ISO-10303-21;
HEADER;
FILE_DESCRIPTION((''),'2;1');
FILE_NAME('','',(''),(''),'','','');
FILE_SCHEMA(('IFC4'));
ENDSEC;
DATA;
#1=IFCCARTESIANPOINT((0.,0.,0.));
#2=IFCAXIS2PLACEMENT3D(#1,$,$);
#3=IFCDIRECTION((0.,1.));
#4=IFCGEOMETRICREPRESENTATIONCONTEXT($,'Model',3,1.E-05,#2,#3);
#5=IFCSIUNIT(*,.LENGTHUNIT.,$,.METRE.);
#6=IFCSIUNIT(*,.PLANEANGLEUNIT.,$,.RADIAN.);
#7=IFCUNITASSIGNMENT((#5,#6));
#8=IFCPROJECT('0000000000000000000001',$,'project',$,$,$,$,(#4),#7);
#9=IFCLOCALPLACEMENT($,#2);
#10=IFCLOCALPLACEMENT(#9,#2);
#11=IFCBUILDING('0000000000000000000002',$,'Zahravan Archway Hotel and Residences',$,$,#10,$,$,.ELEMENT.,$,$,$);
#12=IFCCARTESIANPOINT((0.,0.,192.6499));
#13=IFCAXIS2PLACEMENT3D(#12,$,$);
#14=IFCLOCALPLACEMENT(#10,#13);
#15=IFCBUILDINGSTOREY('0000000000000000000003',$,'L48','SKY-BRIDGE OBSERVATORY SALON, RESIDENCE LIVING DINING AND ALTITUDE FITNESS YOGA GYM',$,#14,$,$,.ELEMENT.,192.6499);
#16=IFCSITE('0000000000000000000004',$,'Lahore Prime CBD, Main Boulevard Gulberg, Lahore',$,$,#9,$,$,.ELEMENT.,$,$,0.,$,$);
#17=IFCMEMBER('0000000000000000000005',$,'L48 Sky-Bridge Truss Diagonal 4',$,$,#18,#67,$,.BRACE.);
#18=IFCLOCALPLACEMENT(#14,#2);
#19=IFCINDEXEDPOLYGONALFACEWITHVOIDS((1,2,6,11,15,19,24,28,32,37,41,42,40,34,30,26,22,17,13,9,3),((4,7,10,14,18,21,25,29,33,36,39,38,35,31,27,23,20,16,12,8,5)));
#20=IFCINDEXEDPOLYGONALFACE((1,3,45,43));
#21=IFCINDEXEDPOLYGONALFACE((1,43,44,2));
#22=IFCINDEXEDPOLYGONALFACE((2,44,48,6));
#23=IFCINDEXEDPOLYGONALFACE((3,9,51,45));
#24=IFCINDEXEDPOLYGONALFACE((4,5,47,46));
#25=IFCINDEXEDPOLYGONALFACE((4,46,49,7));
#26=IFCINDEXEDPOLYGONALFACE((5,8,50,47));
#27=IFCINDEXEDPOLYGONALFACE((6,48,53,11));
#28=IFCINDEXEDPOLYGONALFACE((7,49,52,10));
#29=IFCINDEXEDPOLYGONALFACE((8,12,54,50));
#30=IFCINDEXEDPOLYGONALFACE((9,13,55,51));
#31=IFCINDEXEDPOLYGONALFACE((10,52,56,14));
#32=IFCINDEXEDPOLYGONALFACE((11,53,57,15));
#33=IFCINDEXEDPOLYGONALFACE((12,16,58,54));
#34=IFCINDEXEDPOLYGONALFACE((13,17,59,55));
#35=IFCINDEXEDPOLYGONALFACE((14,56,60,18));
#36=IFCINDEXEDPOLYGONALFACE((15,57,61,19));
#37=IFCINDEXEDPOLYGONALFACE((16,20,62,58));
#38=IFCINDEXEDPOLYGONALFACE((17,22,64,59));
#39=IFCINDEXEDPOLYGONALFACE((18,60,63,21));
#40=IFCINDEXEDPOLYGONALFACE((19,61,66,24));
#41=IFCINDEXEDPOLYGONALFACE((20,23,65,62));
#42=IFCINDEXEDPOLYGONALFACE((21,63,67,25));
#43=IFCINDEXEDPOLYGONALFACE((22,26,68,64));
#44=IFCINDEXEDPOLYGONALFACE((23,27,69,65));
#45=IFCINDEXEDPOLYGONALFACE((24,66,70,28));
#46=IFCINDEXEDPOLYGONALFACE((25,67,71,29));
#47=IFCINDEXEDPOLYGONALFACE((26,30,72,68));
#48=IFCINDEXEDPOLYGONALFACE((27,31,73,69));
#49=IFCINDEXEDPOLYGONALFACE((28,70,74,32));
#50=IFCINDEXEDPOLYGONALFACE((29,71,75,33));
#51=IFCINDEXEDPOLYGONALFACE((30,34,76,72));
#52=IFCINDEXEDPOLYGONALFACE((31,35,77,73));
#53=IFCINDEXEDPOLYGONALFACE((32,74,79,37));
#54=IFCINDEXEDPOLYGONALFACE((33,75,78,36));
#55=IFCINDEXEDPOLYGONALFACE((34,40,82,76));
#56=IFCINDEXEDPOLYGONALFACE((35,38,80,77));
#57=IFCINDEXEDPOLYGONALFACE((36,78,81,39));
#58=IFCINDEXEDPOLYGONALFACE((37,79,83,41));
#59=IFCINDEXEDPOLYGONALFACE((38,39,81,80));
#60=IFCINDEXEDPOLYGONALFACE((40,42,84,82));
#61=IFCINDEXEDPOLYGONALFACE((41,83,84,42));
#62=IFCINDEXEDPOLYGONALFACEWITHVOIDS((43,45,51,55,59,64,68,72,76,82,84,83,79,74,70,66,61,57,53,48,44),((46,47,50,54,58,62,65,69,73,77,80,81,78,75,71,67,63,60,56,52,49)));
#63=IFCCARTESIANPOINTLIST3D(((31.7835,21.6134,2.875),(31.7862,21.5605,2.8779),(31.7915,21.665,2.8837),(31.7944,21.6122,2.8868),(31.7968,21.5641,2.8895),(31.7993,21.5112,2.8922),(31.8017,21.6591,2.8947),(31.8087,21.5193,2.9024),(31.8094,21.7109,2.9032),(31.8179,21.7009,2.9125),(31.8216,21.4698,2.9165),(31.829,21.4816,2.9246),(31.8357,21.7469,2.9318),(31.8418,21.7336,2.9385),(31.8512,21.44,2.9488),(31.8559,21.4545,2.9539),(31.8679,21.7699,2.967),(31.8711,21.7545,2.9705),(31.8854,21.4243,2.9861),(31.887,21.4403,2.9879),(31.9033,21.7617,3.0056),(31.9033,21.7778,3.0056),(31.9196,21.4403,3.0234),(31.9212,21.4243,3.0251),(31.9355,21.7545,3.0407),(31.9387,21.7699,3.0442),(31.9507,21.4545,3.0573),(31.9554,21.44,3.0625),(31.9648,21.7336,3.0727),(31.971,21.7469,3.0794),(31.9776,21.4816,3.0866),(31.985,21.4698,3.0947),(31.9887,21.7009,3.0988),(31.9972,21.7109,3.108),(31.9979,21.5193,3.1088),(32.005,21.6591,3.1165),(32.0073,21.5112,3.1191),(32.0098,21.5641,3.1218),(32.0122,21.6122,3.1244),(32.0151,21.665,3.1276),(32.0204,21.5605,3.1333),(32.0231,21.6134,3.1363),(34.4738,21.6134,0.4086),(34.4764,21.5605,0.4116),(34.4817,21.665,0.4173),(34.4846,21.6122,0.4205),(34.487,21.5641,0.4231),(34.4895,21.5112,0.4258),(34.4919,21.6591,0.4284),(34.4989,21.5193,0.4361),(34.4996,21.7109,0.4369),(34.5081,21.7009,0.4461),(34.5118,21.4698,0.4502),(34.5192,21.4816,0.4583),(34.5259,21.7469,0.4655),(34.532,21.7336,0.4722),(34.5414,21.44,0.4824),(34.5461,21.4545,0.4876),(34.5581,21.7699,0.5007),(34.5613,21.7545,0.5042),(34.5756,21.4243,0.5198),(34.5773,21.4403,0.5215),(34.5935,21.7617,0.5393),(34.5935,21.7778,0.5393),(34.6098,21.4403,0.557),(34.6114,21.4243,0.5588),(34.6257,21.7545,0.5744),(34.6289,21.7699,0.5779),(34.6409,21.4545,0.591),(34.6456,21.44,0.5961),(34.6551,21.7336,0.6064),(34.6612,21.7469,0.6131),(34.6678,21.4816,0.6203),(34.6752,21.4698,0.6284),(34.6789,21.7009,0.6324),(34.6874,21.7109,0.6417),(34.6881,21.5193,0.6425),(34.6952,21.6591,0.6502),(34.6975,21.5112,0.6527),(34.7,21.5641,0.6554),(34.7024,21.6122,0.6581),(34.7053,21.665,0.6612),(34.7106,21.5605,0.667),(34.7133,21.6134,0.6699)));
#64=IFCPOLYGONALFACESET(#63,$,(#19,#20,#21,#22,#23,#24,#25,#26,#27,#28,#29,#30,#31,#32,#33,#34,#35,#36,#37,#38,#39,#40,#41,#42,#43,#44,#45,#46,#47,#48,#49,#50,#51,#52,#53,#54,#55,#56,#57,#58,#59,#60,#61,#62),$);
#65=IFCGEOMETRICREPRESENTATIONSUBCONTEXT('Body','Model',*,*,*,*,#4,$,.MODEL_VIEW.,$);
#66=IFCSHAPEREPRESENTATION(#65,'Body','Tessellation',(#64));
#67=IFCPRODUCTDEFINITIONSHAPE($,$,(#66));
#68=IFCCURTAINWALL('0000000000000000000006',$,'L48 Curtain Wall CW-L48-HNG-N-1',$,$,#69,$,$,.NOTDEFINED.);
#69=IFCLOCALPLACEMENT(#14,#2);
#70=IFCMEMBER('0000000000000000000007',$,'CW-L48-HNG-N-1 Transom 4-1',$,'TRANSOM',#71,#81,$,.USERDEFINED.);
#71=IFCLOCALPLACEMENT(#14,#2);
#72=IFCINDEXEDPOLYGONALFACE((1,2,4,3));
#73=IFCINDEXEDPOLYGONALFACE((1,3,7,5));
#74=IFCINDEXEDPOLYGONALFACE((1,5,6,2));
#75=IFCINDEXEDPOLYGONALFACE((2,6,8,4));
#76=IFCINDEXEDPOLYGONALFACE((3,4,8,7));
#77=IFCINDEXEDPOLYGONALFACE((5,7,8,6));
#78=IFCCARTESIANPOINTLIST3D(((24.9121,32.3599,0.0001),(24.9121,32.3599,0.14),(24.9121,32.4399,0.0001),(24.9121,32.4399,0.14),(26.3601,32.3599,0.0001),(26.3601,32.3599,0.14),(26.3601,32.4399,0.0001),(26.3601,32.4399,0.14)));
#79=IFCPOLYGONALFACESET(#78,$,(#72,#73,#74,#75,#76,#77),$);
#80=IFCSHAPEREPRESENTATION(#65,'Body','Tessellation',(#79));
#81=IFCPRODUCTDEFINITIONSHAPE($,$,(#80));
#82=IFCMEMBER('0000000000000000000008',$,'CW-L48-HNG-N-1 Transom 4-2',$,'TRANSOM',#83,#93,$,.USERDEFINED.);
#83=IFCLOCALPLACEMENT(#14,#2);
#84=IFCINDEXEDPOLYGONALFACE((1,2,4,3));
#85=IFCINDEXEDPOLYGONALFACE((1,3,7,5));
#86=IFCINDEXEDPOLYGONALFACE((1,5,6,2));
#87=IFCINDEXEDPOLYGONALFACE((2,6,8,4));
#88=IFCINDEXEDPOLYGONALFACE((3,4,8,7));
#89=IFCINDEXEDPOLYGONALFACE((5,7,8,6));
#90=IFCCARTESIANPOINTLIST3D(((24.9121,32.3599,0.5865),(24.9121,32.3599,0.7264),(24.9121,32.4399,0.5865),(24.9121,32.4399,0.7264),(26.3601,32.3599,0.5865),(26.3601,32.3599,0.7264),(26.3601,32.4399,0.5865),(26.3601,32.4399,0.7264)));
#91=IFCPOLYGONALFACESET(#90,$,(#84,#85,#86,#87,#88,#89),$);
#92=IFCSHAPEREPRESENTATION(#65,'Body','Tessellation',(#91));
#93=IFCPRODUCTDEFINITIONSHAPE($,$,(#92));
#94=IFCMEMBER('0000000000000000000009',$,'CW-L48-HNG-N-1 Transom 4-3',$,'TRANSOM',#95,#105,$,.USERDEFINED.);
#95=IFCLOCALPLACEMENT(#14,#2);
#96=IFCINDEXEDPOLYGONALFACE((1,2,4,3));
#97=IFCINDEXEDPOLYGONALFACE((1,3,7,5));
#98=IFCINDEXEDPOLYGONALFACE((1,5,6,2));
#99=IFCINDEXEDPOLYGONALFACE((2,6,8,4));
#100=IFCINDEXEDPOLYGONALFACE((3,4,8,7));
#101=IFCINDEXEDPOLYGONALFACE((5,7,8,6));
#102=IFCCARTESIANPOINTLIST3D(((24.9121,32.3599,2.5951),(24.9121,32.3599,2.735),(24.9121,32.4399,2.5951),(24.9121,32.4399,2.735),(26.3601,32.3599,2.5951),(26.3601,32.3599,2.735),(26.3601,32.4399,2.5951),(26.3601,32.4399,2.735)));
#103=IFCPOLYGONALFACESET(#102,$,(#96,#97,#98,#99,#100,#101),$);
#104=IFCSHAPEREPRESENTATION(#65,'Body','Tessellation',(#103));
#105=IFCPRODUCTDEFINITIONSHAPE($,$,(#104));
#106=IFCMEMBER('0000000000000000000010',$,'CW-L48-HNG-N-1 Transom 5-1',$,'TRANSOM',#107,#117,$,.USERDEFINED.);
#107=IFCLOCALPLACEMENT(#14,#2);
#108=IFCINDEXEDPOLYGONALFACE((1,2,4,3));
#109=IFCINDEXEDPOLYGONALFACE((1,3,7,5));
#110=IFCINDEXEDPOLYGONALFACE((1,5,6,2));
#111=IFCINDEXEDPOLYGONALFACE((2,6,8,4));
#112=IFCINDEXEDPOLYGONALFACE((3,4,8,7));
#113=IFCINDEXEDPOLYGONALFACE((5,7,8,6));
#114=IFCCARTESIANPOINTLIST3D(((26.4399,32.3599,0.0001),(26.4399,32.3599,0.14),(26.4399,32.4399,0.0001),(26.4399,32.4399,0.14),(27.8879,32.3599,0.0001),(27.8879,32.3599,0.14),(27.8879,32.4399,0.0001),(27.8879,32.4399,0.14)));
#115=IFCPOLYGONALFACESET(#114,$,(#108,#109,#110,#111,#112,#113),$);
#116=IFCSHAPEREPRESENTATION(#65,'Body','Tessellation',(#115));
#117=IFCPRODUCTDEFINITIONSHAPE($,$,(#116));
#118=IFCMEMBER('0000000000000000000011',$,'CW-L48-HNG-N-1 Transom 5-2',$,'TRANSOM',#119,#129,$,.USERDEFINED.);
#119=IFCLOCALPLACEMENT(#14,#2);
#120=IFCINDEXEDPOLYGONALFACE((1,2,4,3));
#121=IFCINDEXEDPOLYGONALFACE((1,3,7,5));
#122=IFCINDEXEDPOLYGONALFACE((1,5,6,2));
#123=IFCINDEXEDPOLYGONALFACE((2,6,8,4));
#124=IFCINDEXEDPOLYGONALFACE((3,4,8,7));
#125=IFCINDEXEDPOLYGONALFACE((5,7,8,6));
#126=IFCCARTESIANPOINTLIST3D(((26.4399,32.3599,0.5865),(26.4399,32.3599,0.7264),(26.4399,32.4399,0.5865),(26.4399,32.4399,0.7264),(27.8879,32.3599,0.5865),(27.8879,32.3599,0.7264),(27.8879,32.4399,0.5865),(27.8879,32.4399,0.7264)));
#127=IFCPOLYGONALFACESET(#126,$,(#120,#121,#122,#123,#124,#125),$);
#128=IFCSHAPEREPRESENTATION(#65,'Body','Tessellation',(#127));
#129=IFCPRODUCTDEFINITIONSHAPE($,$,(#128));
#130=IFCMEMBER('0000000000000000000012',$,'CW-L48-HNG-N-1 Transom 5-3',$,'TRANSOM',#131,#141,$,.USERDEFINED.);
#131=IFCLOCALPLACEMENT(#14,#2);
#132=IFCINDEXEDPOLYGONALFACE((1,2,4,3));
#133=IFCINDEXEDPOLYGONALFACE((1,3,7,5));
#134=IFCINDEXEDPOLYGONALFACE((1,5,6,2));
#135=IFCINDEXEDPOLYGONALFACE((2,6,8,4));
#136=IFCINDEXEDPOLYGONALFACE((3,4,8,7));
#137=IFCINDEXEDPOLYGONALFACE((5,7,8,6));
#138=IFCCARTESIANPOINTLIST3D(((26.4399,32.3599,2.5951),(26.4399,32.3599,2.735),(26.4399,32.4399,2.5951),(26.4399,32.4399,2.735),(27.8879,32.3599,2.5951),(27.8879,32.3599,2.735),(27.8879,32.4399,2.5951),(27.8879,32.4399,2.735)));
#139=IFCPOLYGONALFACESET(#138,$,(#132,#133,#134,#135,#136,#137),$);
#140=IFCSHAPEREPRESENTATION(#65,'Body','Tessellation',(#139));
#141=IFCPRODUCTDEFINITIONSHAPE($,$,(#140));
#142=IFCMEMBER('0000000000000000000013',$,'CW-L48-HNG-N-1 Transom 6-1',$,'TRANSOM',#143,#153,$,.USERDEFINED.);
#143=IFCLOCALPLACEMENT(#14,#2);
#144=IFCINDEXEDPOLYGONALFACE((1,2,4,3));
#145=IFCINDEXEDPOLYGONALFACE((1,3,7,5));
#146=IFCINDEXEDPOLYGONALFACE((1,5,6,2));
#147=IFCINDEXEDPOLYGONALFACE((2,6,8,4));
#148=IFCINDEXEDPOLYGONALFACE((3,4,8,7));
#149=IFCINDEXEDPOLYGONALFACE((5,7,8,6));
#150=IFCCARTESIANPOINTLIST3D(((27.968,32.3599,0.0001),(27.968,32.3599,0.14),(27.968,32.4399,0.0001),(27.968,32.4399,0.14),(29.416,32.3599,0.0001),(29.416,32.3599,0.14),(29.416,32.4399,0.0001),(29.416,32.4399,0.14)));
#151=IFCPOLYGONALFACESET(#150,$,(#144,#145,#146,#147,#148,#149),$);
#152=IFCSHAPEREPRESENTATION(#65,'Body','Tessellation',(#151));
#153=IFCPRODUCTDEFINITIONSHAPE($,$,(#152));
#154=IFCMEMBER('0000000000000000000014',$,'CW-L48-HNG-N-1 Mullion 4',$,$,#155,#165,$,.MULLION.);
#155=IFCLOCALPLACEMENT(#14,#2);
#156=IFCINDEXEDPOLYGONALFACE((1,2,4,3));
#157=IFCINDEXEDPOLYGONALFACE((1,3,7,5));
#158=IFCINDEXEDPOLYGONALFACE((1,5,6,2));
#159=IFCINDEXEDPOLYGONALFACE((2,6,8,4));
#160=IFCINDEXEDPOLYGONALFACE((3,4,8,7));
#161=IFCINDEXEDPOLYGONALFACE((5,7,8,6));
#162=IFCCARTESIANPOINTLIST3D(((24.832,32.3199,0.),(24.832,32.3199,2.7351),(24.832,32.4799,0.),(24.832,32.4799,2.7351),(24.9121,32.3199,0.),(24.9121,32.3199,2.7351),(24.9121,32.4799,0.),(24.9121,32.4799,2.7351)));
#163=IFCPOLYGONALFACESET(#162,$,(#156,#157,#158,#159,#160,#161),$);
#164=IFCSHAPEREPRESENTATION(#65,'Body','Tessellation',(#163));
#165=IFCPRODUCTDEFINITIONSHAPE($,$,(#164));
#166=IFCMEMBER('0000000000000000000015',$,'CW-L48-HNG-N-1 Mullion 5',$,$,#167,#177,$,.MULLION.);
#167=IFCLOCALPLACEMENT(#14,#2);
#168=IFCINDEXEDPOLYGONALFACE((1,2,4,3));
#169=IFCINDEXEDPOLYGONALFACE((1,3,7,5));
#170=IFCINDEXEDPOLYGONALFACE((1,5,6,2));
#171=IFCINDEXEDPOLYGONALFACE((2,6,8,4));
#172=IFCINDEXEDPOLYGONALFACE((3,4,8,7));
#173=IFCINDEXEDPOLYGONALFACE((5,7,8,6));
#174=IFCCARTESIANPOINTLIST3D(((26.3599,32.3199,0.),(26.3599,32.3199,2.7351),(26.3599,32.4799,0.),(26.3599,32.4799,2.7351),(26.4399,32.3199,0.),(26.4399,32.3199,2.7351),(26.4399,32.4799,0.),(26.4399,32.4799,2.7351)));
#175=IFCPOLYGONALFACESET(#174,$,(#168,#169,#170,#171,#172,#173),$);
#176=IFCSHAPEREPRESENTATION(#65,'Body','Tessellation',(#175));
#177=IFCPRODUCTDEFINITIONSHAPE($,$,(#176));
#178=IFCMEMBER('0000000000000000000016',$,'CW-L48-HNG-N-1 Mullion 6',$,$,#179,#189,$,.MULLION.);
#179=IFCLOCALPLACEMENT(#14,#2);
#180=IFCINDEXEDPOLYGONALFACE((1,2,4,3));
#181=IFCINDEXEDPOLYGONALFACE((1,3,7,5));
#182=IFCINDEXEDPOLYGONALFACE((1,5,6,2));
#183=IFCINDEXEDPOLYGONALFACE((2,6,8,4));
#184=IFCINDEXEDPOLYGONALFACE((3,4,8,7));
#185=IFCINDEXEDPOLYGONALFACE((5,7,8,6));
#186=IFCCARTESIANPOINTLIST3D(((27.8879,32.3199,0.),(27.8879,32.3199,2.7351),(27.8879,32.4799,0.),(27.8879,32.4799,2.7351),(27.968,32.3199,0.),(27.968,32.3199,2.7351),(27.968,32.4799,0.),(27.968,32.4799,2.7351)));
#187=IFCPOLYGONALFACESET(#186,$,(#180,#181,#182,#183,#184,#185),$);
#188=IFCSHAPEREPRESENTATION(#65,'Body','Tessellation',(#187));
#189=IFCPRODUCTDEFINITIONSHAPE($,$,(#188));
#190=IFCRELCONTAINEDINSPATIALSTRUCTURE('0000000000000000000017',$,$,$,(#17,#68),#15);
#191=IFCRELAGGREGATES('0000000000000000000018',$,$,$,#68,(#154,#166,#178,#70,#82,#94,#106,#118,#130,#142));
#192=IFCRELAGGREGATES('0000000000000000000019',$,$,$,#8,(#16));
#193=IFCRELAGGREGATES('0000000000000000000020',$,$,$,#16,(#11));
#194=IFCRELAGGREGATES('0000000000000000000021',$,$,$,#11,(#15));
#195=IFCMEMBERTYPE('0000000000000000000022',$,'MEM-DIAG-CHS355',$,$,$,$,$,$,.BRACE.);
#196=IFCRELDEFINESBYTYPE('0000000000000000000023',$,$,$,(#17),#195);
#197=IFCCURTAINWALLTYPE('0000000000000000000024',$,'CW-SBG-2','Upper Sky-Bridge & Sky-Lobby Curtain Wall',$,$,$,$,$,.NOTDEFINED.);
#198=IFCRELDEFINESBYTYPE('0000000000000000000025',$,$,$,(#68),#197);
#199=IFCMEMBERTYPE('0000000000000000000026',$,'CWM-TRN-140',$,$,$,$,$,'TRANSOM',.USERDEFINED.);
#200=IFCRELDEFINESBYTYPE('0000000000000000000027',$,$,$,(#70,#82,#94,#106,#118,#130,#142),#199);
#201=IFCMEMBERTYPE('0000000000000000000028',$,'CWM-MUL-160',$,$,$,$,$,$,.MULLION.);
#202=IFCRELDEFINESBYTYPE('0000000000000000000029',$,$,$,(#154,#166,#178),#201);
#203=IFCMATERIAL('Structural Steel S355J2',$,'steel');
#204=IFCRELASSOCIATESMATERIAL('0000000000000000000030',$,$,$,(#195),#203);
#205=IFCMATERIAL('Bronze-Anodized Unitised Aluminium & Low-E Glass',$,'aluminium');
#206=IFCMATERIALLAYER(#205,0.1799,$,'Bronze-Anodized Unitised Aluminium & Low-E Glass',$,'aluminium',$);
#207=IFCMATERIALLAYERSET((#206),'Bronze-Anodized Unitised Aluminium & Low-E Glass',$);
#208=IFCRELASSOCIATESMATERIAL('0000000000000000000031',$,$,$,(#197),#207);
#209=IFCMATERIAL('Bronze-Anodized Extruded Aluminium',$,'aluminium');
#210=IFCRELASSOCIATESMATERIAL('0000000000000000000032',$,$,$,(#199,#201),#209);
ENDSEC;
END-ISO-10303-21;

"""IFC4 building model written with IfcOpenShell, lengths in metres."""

from ifc_helpers import new_model, si_unit, direction, frame, origin, origin_2d, place, context, subcontext, project, spatial, rectangle, hollow_circle, extrude, source, transform, mapped, material, layer, layer_set, material_profile, profile_set, type_object, element, aggregate, save


model = new_model("IFC4")

# Units and contexts
model_context = context("Model", 3, precision=1e-05, world=origin(), true_north=direction((0.0, 1.0)))
body_context = subcontext(model_context, "Body", "Model", "MODEL_VIEW")
ifc_project = project(units=[si_unit("LENGTHUNIT", "METRE"), si_unit("PLANEANGLEUNIT", "RADIAN")], contexts=[model_context])

# Site, building, storey
site_placement = place(None, origin())
site = spatial("IfcSite", under=ifc_project, at=site_placement, Name="Lahore Prime CBD, Main Boulevard Gulberg, Lahore", CompositionType="ELEMENT", RefElevation=0.0)
building_placement = place(site_placement, origin())
building = spatial("IfcBuilding", under=site, at=building_placement, Name="Zahravan Archway Hotel and Residences", CompositionType="ELEMENT")
storey_placement = place(building_placement, frame((0.0, 0.0, 192.6499)))
storey = spatial("IfcBuildingStorey", under=building, at=storey_placement, Name="L48", Description="SKY-BRIDGE OBSERVATORY SALON, RESIDENCE LIVING DINING AND ALTITUDE FITNESS YOGA GYM", CompositionType="ELEMENT", Elevation=192.6499)

# Member
ifc_material_1 = material(Name="Structural Steel S355J2", Category="steel")
ifc_material_profile_1 = material_profile(ifc_material_1, hollow_circle(Radius=0.1777, WallThickness=0.0161, at=origin_2d()), Name="CHS 355.6x16", Category="steel")
ifc_profile_set_1 = profile_set([ifc_material_profile_1], Name="Structural Steel S355J2")
member_type_1 = type_object("IfcMemberType", Name="MEM-DIAG-CHS355", PredefinedType="BRACE", material=ifc_profile_set_1)
shared_shape_1 = source(origin(), body_context, "Body", "SweptSolid", [
    extrude(hollow_circle(Radius=0.1777, WallThickness=0.0161, at=origin_2d()), origin(), (0.0, 0.0, 1.0), 3.6497),
])
member_1_placement = place(storey_placement, frame((31.9033, 21.6001, 3.0056), z_axis=(0.737112, 0.0, -0.67577), x_axis=(0.0, 1.0, 0.0)))
element("IfcMember", 1, at=member_1_placement, inside=storey, type_object=member_type_1, Name="L48 Sky-Bridge Truss Diagonal 4", PredefinedType="BRACE", context=body_context, shape_type="MappedRepresentation", body=[
    mapped(shared_shape_1, transform((0.0, 0.0, 0.0), scale=1.0)),
])

# Curtain wall, members
ifc_material_2 = material(Name="Bronze-Anodized Unitised Aluminium & Low-E Glass", Category="aluminium")
ifc_layer_1 = layer(ifc_material_2, 0.1799, Name="Bronze-Anodized Unitised Aluminium & Low-E Glass", Category="aluminium")
ifc_layer_set_1 = layer_set([ifc_layer_1], Name="Bronze-Anodized Unitised Aluminium & Low-E Glass")
curtain_wall_type = type_object("IfcCurtainWallType", Name="CW-SBG-2", Description="Upper Sky-Bridge & Sky-Lobby Curtain Wall", PredefinedType="NOTDEFINED", material=ifc_layer_set_1)
curtain_wall_placement = place(storey_placement, origin())
curtain_wall = element("IfcCurtainWall", 2, at=curtain_wall_placement, inside=storey, type_object=curtain_wall_type, Name="L48 Curtain Wall CW-L48-HNG-N-1", PredefinedType="NOTDEFINED")
ifc_material_3 = material(Name="Bronze-Anodized Extruded Aluminium", Category="aluminium")
ifc_material_profile_2 = material_profile(ifc_material_3, rectangle(XDim=0.0801, YDim=0.1399, at=origin_2d()), Name="TRN 80x140", Category="aluminium")
ifc_profile_set_2 = profile_set([ifc_material_profile_2], Name="Bronze-Anodized Extruded Aluminium")
member_type_2 = type_object("IfcMemberType", Name="CWM-TRN-140", ElementType="TRANSOM", PredefinedType="USERDEFINED", material=ifc_profile_set_2)
shared_shape_2 = source(origin(), body_context, "Body", "SweptSolid", [
    extrude(rectangle(XDim=0.0801, YDim=0.1399, at=origin_2d()), origin(), (0.0, 0.0, 1.0), 1.448),
])
member_2_placement = place(storey_placement, frame((24.9121, 32.3999, 0.0701), z_axis=(1.0, 0.0, 0.0), x_axis=(0.0, 1.0, 0.0)))
member_2 = element("IfcMember", 3, at=member_2_placement, type_object=member_type_2, Name="CW-L48-HNG-N-1 Transom 4-1", ObjectType="TRANSOM", PredefinedType="USERDEFINED", context=body_context, shape_type="MappedRepresentation", body=[
    mapped(shared_shape_2, transform((0.0, 0.0, 0.0), scale=1.0)),
])
member_3_placement = place(storey_placement, frame((24.9121, 32.3999, 0.6565), z_axis=(1.0, 0.0, 0.0), x_axis=(0.0, 1.0, 0.0)))
member_3 = element("IfcMember", 4, at=member_3_placement, type_object=member_type_2, Name="CW-L48-HNG-N-1 Transom 4-2", ObjectType="TRANSOM", PredefinedType="USERDEFINED", context=body_context, shape_type="MappedRepresentation", body=[
    mapped(shared_shape_2, transform((0.0, 0.0, 0.0), scale=1.0)),
])
member_4_placement = place(storey_placement, frame((24.9121, 32.3999, 2.665), z_axis=(1.0, 0.0, 0.0), x_axis=(0.0, 1.0, 0.0)))
member_4 = element("IfcMember", 5, at=member_4_placement, type_object=member_type_2, Name="CW-L48-HNG-N-1 Transom 4-3", ObjectType="TRANSOM", PredefinedType="USERDEFINED", context=body_context, shape_type="MappedRepresentation", body=[
    mapped(shared_shape_2, transform((0.0, 0.0, 0.0), scale=1.0)),
])
member_5_placement = place(storey_placement, frame((26.4399, 32.3999, 0.0701), z_axis=(1.0, 0.0, 0.0), x_axis=(0.0, 1.0, 0.0)))
member_5 = element("IfcMember", 6, at=member_5_placement, type_object=member_type_2, Name="CW-L48-HNG-N-1 Transom 5-1", ObjectType="TRANSOM", PredefinedType="USERDEFINED", context=body_context, shape_type="MappedRepresentation", body=[
    mapped(shared_shape_2, transform((0.0, 0.0, 0.0), scale=1.0)),
])
member_6_placement = place(storey_placement, frame((26.4399, 32.3999, 0.6565), z_axis=(1.0, 0.0, 0.0), x_axis=(0.0, 1.0, 0.0)))
member_6 = element("IfcMember", 7, at=member_6_placement, type_object=member_type_2, Name="CW-L48-HNG-N-1 Transom 5-2", ObjectType="TRANSOM", PredefinedType="USERDEFINED", context=body_context, shape_type="MappedRepresentation", body=[
    mapped(shared_shape_2, transform((0.0, 0.0, 0.0), scale=1.0)),
])
member_7_placement = place(storey_placement, frame((26.4399, 32.3999, 2.665), z_axis=(1.0, 0.0, 0.0), x_axis=(0.0, 1.0, 0.0)))
member_7 = element("IfcMember", 8, at=member_7_placement, type_object=member_type_2, Name="CW-L48-HNG-N-1 Transom 5-3", ObjectType="TRANSOM", PredefinedType="USERDEFINED", context=body_context, shape_type="MappedRepresentation", body=[
    mapped(shared_shape_2, transform((0.0, 0.0, 0.0), scale=1.0)),
])
member_8_placement = place(storey_placement, frame((27.968, 32.3999, 0.0701), z_axis=(1.0, 0.0, 0.0), x_axis=(0.0, 1.0, 0.0)))
member_8 = element("IfcMember", 9, at=member_8_placement, type_object=member_type_2, Name="CW-L48-HNG-N-1 Transom 6-1", ObjectType="TRANSOM", PredefinedType="USERDEFINED", context=body_context, shape_type="MappedRepresentation", body=[
    mapped(shared_shape_2, transform((0.0, 0.0, 0.0), scale=1.0)),
])
ifc_material_profile_3 = material_profile(ifc_material_3, rectangle(XDim=0.0801, YDim=0.1599, at=origin_2d()), Name="MUL 80x160", Category="aluminium")
ifc_profile_set_3 = profile_set([ifc_material_profile_3], Name="Bronze-Anodized Extruded Aluminium")
member_type_3 = type_object("IfcMemberType", Name="CWM-MUL-160", PredefinedType="MULLION", material=ifc_profile_set_3)
shared_shape_3 = source(origin(), body_context, "Body", "SweptSolid", [
    extrude(rectangle(XDim=0.0801, YDim=0.1599, at=origin_2d()), origin(), (0.0, 0.0, 1.0), 2.7351),
])
member_9_placement = place(storey_placement, frame((24.8721, 32.3999, 0.0), z_axis=(0.0, 0.0, 1.0), x_axis=(1.0, 0.0, 0.0)))
member_9 = element("IfcMember", 10, at=member_9_placement, type_object=member_type_3, Name="CW-L48-HNG-N-1 Mullion 4", PredefinedType="MULLION", context=body_context, shape_type="MappedRepresentation", body=[
    mapped(shared_shape_3, transform((0.0, 0.0, 0.0), scale=1.0)),
])
member_10_placement = place(storey_placement, frame((26.3999, 32.3999, 0.0), z_axis=(0.0, 0.0, 1.0), x_axis=(1.0, 0.0, 0.0)))
member_10 = element("IfcMember", 11, at=member_10_placement, type_object=member_type_3, Name="CW-L48-HNG-N-1 Mullion 5", PredefinedType="MULLION", context=body_context, shape_type="MappedRepresentation", body=[
    mapped(shared_shape_3, transform((0.0, 0.0, 0.0), scale=1.0)),
])
member_11_placement = place(storey_placement, frame((27.928, 32.3999, 0.0), z_axis=(0.0, 0.0, 1.0), x_axis=(1.0, 0.0, 0.0)))
member_11 = element("IfcMember", 12, at=member_11_placement, type_object=member_type_3, Name="CW-L48-HNG-N-1 Mullion 6", PredefinedType="MULLION", context=body_context, shape_type="MappedRepresentation", body=[
    mapped(shared_shape_3, transform((0.0, 0.0, 0.0), scale=1.0)),
])

aggregate(curtain_wall, [member_9, member_10, member_11, member_2, member_3, member_4, member_5, member_6, member_7, member_8])

save(model, "model.ifc")
